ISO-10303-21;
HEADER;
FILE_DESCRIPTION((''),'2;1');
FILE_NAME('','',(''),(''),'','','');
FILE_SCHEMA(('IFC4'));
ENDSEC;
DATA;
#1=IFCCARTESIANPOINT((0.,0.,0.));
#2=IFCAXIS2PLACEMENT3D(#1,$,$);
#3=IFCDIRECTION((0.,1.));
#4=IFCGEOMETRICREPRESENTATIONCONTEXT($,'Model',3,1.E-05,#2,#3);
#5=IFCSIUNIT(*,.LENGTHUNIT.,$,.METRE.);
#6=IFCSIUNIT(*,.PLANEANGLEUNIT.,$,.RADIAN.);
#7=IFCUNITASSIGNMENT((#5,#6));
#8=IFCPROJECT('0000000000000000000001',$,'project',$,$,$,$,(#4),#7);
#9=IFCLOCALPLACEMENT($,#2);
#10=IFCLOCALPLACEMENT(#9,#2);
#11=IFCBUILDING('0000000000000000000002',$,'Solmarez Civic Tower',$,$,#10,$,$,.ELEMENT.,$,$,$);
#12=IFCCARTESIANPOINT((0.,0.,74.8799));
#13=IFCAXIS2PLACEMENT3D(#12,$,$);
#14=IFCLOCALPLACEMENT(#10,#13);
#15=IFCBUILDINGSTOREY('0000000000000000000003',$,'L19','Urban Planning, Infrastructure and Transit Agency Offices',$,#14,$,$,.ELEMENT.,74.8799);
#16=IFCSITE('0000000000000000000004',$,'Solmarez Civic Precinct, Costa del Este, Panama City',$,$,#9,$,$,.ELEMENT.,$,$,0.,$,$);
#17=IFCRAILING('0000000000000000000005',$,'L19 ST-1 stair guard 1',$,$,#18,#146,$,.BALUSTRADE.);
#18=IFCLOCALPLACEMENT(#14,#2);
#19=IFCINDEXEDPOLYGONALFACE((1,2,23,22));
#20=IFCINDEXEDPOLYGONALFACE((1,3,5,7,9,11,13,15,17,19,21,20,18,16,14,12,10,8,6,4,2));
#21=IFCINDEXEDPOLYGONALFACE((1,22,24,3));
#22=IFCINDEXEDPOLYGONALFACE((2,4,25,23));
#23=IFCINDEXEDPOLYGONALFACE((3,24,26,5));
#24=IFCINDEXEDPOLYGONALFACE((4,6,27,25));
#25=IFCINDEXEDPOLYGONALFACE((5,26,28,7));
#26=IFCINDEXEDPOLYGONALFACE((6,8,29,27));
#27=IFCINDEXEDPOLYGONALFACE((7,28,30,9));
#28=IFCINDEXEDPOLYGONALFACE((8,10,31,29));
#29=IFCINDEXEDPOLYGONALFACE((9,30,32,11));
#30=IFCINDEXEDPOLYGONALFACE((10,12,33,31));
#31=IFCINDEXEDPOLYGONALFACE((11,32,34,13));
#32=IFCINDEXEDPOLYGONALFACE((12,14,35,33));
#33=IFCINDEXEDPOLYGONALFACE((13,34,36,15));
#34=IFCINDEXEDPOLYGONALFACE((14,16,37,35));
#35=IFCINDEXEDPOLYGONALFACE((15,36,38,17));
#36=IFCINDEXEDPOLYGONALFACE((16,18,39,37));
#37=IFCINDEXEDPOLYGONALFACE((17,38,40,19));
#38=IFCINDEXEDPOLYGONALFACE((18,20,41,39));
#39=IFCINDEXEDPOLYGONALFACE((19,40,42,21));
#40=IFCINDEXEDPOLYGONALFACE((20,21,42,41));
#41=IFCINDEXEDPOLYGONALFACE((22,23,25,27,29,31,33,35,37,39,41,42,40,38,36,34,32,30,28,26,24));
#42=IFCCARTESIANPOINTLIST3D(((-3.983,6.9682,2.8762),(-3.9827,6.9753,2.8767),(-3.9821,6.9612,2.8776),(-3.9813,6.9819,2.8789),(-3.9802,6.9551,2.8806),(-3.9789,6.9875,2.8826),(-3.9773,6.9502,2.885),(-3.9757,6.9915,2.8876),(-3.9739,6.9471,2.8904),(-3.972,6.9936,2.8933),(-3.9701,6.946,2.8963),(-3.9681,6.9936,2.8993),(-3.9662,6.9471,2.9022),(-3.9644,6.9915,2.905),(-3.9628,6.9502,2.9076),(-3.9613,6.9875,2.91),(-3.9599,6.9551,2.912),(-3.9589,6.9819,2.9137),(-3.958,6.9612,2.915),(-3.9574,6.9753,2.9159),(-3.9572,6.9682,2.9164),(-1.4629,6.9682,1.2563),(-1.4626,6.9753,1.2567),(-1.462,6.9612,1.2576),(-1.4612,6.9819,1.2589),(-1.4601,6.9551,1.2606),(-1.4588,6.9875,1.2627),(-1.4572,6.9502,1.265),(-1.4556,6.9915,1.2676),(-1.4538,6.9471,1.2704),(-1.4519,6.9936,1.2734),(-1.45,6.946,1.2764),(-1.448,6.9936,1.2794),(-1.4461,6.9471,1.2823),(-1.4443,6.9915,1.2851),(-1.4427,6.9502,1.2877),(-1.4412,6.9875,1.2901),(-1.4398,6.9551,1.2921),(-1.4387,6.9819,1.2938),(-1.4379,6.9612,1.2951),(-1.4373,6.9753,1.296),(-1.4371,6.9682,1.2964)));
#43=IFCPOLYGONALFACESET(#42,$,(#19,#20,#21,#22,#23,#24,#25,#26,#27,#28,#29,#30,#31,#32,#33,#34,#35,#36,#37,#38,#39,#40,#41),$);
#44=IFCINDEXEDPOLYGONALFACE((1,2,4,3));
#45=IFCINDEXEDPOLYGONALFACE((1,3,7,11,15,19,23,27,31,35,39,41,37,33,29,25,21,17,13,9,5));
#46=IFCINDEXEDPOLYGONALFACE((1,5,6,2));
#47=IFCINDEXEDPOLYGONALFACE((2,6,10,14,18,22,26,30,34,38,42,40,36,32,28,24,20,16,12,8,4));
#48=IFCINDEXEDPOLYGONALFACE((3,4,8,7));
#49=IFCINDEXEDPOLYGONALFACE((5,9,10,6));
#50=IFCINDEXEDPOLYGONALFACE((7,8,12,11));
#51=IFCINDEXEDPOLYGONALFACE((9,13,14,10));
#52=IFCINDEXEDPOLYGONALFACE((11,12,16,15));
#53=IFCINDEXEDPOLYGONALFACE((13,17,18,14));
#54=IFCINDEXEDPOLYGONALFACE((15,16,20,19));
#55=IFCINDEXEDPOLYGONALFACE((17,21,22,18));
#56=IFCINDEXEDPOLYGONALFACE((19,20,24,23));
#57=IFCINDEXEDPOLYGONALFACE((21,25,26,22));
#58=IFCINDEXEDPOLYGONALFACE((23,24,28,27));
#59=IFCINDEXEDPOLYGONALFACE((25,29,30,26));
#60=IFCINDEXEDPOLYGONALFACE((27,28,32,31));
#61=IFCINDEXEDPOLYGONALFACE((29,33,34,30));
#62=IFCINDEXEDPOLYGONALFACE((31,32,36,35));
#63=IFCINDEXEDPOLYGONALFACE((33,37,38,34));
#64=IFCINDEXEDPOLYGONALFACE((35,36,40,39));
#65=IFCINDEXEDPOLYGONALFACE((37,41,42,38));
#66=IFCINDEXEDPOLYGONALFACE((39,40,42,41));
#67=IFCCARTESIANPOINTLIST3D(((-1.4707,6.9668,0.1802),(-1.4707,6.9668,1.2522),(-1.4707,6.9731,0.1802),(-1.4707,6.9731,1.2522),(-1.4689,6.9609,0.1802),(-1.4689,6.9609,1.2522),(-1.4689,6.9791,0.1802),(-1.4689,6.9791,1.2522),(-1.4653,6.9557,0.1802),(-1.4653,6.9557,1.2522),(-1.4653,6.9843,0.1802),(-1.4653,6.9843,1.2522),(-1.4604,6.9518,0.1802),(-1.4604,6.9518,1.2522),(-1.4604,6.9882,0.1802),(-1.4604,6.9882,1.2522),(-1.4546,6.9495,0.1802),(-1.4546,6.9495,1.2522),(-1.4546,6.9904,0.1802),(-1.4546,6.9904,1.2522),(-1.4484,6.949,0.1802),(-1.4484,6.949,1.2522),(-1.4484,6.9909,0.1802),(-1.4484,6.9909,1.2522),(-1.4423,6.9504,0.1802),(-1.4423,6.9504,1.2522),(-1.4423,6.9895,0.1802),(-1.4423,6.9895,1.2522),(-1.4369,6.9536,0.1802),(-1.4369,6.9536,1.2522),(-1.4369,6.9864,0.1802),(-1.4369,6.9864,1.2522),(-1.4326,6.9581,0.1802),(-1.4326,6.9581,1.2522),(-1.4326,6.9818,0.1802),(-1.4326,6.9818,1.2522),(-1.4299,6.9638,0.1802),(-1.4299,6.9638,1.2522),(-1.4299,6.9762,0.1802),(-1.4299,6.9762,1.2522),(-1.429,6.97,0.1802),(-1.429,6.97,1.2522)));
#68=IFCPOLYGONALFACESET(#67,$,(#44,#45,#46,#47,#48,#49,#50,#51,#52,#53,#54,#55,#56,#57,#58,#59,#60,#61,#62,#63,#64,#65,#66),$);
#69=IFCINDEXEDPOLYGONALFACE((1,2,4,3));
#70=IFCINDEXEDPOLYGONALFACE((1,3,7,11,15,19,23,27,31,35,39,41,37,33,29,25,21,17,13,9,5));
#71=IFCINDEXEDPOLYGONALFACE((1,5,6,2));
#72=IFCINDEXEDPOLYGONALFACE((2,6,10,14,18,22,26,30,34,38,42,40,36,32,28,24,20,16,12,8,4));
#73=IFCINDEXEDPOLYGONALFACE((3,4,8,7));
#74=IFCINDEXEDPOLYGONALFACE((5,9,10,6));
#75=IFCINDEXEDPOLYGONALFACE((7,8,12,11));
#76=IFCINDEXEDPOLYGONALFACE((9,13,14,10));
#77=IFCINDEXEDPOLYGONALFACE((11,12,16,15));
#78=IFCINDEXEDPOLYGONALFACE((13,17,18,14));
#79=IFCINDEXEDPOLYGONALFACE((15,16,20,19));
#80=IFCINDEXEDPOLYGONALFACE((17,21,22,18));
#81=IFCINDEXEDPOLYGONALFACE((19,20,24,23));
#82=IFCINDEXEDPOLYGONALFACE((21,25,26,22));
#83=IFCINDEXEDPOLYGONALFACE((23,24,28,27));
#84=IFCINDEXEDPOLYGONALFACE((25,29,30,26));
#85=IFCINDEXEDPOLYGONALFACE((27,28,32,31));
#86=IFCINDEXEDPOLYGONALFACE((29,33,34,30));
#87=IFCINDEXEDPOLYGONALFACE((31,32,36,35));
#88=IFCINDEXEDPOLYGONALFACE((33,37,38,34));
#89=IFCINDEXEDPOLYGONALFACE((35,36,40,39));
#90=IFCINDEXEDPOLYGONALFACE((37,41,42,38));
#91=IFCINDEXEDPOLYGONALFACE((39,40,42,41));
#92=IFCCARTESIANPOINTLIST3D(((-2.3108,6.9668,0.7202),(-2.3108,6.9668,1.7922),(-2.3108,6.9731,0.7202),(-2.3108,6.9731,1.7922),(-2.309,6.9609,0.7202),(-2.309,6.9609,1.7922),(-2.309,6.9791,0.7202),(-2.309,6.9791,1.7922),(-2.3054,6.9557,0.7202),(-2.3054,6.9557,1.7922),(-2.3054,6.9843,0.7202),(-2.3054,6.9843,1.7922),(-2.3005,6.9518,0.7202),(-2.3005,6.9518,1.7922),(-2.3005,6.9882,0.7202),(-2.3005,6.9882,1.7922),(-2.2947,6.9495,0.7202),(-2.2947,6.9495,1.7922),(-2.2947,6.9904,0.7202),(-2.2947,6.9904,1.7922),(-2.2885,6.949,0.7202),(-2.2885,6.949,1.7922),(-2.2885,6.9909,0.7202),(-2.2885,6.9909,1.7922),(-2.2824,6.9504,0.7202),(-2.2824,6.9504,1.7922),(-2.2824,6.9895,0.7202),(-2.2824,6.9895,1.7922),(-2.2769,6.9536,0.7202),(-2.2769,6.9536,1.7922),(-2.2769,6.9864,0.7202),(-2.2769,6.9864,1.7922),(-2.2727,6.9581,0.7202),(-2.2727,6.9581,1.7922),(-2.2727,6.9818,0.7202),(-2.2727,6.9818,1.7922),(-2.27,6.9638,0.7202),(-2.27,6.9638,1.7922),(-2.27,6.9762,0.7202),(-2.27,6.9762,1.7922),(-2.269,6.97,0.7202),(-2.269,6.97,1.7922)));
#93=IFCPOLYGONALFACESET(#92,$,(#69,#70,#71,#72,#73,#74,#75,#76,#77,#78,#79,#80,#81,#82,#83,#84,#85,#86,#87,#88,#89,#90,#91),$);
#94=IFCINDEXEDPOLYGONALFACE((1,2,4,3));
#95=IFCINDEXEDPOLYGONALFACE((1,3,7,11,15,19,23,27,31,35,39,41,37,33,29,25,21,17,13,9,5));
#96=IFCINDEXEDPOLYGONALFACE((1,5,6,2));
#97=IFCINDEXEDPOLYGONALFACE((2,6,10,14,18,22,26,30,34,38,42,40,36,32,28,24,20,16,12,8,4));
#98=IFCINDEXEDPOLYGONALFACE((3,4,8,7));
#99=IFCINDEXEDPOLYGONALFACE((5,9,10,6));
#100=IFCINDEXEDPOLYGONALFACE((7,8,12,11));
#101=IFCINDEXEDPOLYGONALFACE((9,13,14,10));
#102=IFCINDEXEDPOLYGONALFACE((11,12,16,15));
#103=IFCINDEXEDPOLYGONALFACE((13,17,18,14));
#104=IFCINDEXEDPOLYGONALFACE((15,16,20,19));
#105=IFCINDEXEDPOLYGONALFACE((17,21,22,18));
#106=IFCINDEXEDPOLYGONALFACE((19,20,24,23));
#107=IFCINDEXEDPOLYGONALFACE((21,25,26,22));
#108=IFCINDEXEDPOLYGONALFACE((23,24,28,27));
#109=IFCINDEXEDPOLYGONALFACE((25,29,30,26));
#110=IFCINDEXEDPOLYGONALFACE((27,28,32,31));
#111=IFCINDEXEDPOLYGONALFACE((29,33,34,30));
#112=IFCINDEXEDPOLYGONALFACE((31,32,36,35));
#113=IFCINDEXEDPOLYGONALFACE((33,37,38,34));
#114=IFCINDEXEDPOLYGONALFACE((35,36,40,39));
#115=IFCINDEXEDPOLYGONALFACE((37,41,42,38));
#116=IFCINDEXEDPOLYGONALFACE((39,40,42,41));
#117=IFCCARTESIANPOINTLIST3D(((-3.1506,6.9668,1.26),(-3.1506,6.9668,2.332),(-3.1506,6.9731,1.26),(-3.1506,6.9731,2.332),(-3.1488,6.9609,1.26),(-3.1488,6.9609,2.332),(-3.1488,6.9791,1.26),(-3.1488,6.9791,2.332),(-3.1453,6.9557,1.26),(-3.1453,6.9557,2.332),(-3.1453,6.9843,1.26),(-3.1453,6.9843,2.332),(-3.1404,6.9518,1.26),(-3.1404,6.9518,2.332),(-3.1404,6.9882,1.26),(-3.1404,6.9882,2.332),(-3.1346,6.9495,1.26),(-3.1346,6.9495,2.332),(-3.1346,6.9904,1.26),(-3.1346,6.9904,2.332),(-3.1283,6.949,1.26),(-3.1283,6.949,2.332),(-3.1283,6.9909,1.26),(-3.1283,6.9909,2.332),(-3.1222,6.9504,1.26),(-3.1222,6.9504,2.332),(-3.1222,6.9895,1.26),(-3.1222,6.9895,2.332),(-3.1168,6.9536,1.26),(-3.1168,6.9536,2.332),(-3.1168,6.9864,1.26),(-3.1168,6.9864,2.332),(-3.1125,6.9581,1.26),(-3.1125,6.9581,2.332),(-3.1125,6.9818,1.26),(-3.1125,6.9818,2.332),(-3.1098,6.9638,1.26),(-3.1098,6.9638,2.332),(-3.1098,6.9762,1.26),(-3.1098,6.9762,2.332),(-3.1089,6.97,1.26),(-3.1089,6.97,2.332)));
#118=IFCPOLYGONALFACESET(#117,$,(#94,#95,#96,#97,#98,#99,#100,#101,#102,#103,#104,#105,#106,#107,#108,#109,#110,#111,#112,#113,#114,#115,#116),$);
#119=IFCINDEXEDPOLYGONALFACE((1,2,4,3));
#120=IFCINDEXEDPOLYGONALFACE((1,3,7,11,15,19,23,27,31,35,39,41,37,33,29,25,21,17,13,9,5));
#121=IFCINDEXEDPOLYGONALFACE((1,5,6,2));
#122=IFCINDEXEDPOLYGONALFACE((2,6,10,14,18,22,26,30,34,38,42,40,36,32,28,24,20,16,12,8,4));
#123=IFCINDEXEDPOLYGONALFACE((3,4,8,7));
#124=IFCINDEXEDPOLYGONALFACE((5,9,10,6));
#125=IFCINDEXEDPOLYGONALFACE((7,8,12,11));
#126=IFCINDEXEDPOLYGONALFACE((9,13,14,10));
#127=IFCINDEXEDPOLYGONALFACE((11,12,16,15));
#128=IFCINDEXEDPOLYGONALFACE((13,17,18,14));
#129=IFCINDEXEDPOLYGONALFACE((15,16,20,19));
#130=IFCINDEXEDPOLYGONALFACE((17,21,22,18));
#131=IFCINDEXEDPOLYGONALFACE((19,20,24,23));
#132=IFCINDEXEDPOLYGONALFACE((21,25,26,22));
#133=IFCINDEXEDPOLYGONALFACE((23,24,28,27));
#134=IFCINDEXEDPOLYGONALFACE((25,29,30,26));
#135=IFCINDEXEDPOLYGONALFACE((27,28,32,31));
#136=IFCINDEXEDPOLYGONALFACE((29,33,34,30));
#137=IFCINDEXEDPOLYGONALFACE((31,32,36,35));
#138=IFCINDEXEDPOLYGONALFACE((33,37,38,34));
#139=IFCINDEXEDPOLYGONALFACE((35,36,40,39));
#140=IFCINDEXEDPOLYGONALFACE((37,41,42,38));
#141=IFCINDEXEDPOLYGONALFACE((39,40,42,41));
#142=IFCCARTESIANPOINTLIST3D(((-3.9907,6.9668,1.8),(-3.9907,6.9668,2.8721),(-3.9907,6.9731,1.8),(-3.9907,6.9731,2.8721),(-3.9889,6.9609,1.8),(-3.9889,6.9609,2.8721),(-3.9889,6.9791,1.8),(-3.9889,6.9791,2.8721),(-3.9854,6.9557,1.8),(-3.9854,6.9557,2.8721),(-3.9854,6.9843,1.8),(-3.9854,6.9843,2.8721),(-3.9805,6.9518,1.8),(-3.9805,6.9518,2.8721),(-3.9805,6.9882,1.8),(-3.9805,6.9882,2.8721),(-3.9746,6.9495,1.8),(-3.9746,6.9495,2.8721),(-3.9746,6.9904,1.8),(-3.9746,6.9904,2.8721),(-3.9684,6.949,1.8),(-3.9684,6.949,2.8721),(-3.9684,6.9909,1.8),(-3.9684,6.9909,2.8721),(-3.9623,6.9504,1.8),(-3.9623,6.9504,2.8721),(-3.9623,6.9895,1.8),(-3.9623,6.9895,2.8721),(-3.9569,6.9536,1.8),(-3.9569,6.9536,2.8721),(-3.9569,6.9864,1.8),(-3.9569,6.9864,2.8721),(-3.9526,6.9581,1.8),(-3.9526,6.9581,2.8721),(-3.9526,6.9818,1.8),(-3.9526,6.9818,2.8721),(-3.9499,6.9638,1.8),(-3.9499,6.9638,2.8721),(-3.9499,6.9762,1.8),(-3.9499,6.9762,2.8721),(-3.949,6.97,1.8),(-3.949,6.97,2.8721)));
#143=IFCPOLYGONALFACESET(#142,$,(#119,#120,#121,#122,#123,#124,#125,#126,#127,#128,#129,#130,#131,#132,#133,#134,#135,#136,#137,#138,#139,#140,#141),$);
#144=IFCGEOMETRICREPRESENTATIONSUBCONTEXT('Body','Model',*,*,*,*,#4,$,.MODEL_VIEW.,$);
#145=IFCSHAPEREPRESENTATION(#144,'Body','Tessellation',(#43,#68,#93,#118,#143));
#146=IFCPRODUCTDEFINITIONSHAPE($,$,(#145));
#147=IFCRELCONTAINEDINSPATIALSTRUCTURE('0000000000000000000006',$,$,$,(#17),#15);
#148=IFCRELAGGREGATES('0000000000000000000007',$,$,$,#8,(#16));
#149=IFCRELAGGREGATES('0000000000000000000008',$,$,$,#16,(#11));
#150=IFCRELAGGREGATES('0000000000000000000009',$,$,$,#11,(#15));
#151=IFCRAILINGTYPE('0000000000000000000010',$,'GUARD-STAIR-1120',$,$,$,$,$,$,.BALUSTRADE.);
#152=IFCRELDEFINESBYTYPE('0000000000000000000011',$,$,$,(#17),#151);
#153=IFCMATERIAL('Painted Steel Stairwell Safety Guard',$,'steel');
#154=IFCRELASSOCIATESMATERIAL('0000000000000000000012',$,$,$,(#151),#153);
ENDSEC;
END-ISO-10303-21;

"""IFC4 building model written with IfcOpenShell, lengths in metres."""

from ifc_helpers import new_model, si_unit, direction, frame, origin, origin_2d, place, context, subcontext, project, spatial, circle, extrude, material, type_object, element, save


model = new_model("IFC4")

# Units and contexts
model_context = context("Model", 3, precision=1e-05, world=origin(), true_north=direction((0.0, 1.0)))
body_context = subcontext(model_context, "Body", "Model", "MODEL_VIEW")
ifc_project = project(units=[si_unit("LENGTHUNIT", "METRE"), si_unit("PLANEANGLEUNIT", "RADIAN")], contexts=[model_context])

# Site, building, storey
site_placement = place(None, origin())
site = spatial("IfcSite", under=ifc_project, at=site_placement, Name="Solmarez Civic Precinct, Costa del Este, Panama City", CompositionType="ELEMENT", RefElevation=0.0)
building_placement = place(site_placement, origin())
building = spatial("IfcBuilding", under=site, at=building_placement, Name="Solmarez Civic Tower", CompositionType="ELEMENT")
storey_placement = place(building_placement, frame((0.0, 0.0, 74.8799)))
storey = spatial("IfcBuildingStorey", under=building, at=storey_placement, Name="L19", Description="Urban Planning, Infrastructure and Transit Agency Offices", CompositionType="ELEMENT", Elevation=74.8799)

# Railing
ifc_material_1 = material(Name="Painted Steel Stairwell Safety Guard", Category="steel")
railing_type_1 = type_object("IfcRailingType", Name="GUARD-STAIR-1120", PredefinedType="BALUSTRADE", material=ifc_material_1)
railing_1_placement = place(storey_placement, frame((-1.45, 6.97, 0.1802)))
element("IfcRailing", 1, at=railing_1_placement, inside=storey, type_object=railing_type_1, Name="L19 ST-1 stair guard 1", PredefinedType="BALUSTRADE", context=body_context, shape_type="SweptSolid", body=[
    extrude(circle(Radius=0.0239, at=origin_2d()), frame((0.0, 0.0, 1.0962), z_axis=(-0.8412, 0.0, 0.540725), x_axis=(0.0, -1.0, 0.0)), (0.0, 0.0, 1.0), 2.9958),
    extrude(circle(Radius=0.021, at=origin_2d()), origin(), (0.0, 0.0, 1.0), 1.072),
    extrude(circle(Radius=0.021, at=origin_2d()), frame((-0.8401, 0.0, 0.54)), (0.0, 0.0, 1.0), 1.072),
    extrude(circle(Radius=0.021, at=origin_2d()), frame((-1.6799, 0.0, 1.0798)), (0.0, 0.0, 1.0), 1.072),
    extrude(circle(Radius=0.021, at=origin_2d()), frame((-2.52, 0.0, 1.6199)), (0.0, 0.0, 1.0), 1.072),
])

save(model, "model.ifc")
